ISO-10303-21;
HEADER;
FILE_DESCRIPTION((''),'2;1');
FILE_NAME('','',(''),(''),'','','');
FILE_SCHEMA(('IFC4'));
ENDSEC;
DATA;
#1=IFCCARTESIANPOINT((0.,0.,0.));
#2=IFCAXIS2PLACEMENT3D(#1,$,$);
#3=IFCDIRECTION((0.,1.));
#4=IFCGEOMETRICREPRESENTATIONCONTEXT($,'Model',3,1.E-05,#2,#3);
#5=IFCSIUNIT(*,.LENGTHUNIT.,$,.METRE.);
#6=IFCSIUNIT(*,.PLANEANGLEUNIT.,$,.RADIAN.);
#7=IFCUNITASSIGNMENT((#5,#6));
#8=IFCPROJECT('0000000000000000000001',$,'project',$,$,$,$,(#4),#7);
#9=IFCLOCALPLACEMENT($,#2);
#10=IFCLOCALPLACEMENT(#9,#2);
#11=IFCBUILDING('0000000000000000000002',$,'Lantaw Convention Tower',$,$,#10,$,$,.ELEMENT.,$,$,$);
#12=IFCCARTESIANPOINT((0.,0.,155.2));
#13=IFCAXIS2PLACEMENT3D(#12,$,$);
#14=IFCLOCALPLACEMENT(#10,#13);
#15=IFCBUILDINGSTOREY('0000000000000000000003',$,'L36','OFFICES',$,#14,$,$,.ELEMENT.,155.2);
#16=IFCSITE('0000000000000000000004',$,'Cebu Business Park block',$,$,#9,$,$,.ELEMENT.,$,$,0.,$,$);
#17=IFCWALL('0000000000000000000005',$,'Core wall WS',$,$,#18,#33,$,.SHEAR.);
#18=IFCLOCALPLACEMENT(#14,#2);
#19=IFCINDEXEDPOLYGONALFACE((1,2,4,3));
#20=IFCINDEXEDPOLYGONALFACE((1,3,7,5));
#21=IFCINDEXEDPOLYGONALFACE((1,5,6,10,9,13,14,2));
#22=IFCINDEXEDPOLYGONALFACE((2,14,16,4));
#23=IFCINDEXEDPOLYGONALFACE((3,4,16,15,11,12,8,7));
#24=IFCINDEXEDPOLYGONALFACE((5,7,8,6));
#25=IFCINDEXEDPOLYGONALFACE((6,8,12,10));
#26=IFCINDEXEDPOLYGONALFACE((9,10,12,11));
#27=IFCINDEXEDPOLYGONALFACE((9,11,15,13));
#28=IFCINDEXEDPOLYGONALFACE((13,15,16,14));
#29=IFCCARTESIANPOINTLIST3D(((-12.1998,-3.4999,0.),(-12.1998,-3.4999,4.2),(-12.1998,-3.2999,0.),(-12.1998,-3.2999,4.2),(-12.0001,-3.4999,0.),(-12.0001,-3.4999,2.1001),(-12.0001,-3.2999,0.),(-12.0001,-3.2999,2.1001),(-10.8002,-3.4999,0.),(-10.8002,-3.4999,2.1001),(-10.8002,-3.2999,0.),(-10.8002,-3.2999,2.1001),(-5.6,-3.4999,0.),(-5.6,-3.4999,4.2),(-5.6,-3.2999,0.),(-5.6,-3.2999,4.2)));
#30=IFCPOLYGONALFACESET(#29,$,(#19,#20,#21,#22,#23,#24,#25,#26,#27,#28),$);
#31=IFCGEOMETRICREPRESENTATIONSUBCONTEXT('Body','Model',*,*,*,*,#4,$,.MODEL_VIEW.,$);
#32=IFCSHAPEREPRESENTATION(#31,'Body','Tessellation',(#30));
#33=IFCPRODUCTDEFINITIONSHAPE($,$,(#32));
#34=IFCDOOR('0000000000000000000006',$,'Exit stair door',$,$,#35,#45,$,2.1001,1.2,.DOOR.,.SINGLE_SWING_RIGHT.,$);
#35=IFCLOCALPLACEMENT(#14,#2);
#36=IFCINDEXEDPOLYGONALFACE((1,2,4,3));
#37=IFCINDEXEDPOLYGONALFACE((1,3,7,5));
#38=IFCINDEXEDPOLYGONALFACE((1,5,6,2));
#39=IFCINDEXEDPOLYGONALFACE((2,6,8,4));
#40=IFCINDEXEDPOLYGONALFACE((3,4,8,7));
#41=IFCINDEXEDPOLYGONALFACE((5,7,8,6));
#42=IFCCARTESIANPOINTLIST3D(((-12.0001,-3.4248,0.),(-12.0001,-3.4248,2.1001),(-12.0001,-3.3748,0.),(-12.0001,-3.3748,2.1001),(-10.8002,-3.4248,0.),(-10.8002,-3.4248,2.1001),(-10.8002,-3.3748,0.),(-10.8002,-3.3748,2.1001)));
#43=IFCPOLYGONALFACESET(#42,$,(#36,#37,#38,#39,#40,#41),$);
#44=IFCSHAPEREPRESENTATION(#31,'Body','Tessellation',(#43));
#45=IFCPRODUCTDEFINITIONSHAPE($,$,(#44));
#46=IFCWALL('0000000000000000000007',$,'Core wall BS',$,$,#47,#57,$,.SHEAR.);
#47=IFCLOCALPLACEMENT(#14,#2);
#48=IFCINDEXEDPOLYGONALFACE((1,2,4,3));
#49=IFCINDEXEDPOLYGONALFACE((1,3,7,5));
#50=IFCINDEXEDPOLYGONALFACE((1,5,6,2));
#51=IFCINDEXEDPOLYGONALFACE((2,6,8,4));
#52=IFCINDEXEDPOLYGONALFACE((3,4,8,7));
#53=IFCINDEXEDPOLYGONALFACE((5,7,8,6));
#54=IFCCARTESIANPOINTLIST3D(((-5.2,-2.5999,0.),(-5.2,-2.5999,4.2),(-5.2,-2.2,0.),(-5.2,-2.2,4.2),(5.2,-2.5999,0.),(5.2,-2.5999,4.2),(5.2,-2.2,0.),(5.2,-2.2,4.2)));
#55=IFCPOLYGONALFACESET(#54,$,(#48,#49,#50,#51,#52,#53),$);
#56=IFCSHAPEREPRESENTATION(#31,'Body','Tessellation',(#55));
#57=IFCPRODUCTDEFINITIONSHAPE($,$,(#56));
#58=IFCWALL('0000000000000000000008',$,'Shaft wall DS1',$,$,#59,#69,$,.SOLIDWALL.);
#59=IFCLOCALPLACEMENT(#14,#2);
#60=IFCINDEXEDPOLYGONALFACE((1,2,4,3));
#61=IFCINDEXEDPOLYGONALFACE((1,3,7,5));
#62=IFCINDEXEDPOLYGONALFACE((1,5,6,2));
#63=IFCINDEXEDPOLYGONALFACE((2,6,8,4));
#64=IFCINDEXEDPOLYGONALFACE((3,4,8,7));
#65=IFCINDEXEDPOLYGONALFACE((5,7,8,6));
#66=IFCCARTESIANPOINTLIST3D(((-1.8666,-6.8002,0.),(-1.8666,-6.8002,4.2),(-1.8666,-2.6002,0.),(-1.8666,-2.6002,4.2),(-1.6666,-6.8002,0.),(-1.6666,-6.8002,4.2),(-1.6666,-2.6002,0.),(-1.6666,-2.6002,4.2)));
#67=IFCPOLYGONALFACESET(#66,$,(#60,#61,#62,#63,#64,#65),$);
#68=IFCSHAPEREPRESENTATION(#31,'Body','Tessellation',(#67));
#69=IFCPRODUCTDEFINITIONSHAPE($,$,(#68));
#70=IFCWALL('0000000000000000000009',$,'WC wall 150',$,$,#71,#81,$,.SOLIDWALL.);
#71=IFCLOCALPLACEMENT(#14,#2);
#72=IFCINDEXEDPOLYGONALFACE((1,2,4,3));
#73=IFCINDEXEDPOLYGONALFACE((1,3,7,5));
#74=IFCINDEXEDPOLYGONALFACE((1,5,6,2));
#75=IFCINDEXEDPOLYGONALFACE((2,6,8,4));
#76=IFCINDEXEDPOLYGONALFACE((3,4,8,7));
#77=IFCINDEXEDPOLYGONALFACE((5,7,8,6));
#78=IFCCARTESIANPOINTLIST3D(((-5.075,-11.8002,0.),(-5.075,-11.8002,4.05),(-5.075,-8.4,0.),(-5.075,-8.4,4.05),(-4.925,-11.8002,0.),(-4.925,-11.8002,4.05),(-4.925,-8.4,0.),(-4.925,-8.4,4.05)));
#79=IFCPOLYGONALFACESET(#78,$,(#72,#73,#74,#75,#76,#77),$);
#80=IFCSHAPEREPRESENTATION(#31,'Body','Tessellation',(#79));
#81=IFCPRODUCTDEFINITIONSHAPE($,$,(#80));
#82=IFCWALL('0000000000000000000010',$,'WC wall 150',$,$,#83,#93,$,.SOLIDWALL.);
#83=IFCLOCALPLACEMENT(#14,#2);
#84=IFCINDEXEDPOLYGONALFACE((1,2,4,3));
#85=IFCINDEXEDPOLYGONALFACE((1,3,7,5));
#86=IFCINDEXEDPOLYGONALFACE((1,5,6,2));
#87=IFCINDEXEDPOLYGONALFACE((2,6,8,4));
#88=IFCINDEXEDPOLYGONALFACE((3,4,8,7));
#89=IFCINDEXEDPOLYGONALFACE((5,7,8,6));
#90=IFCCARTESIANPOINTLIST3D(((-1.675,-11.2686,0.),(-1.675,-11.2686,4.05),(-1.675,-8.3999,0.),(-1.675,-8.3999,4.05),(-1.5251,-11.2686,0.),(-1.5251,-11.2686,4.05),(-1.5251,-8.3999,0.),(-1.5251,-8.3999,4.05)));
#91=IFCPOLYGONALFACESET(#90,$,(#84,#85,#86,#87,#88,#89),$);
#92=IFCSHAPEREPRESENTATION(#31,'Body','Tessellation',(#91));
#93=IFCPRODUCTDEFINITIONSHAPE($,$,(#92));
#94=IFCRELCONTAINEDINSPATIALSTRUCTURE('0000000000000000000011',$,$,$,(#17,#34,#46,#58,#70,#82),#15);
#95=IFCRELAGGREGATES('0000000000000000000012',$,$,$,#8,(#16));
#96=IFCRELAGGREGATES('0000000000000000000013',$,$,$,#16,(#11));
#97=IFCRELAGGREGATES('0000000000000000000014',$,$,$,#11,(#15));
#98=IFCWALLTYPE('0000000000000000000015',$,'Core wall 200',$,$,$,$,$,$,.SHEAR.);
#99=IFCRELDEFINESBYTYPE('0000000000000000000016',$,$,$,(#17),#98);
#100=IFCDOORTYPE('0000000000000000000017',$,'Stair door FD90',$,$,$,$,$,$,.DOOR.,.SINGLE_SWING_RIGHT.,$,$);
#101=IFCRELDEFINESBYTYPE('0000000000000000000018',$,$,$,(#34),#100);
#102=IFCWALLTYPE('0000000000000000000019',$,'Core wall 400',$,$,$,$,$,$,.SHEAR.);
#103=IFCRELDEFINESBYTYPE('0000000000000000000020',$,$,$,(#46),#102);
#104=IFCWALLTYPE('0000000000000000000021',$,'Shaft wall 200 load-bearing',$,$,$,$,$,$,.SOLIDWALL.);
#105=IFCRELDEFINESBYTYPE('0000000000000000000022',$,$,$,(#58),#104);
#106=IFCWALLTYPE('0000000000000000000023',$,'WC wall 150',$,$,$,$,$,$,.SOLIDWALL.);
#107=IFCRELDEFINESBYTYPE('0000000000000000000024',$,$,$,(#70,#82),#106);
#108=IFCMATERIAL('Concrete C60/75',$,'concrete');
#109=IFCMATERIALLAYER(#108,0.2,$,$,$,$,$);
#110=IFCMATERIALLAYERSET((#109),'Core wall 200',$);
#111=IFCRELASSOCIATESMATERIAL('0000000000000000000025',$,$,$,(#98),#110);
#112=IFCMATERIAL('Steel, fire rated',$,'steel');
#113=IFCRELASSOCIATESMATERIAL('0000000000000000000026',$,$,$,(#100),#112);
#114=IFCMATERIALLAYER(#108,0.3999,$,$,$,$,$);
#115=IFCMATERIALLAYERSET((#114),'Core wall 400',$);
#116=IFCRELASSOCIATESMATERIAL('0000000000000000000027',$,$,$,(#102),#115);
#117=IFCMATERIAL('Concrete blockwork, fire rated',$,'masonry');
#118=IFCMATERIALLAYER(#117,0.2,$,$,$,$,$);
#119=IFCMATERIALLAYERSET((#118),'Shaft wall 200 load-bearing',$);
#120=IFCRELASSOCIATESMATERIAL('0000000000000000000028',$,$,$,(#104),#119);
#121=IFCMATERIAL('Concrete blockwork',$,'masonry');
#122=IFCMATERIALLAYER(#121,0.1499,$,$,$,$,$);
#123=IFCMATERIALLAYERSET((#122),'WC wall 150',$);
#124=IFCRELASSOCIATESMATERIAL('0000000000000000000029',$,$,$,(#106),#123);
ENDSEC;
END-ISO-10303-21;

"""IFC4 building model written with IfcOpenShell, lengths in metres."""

from ifc_helpers import new_model, si_unit, direction, frame, frame_2d, origin, place, context, subcontext, project, spatial, rectangle, extrude, material, layer, layer_set, type_object, element, fill, save


model = new_model("IFC4")

# Units and contexts
model_context = context("Model", 3, precision=1e-05, world=origin(), true_north=direction((0.0, 1.0)))
body_context = subcontext(model_context, "Body", "Model", "MODEL_VIEW")
ifc_project = project(units=[si_unit("LENGTHUNIT", "METRE"), si_unit("PLANEANGLEUNIT", "RADIAN")], contexts=[model_context])

# Site, building, storey
site_placement = place(None, origin())
site = spatial("IfcSite", under=ifc_project, at=site_placement, Name="Cebu Business Park block", CompositionType="ELEMENT", RefElevation=0.0)
building_placement = place(site_placement, origin())
building = spatial("IfcBuilding", under=site, at=building_placement, Name="Lantaw Convention Tower", CompositionType="ELEMENT")
storey_placement = place(building_placement, frame((0.0, 0.0, 155.2)))
storey = spatial("IfcBuildingStorey", under=building, at=storey_placement, Name="L36", Description="OFFICES", CompositionType="ELEMENT", Elevation=155.2)

# Shared definitions
ifc_material_1 = material(Name="Concrete C60/75", Category="concrete")

# Wall, opening, door
ifc_layer_1 = layer(ifc_material_1, 0.2)
ifc_layer_set_1 = layer_set([ifc_layer_1], Name="Core wall 200")
wall_type_1 = type_object("IfcWallType", Name="Core wall 200", PredefinedType="SHEAR", material=ifc_layer_set_1)
wall_1_placement = place(storey_placement, frame((-5.6001, -3.3999, 0.0), z_axis=(0.0, 0.0, 1.0), x_axis=(-1.0, 0.0, 0.0)))
wall_1 = element("IfcWall", 1, at=wall_1_placement, inside=storey, type_object=wall_type_1, Name="Core wall WS", PredefinedType="SHEAR", context=body_context, shape_type="SweptSolid", body=[
    extrude(rectangle(XDim=6.5999, YDim=0.2, at=frame_2d((3.2998, 0.0))), origin(), (0.0, 0.0, 1.0), 4.2),
])
opening_placement = place(wall_1_placement, frame((5.2, 0.0, 0.0)))
opening = element("IfcOpeningElement", 2, at=opening_placement, cuts=wall_1, PredefinedType="OPENING", context=body_context, shape_type="SweptSolid", body=[
    extrude(rectangle(XDim=1.2, YDim=2.1001, at=frame_2d((0.6001, 1.05))), frame((0.0, 0.1099, 0.0), z_axis=(0.0, -1.0, 0.0), x_axis=(1.0, 0.0, 0.0)), (0.0, 0.0, 1.0), 0.22),
])
ifc_material_2 = material(Name="Steel, fire rated", Category="steel")
door_type = type_object("IfcDoorType", Name="Stair door FD90", OperationType="SINGLE_SWING_RIGHT", PredefinedType="DOOR", material=ifc_material_2)
door_placement = place(opening_placement, origin())
door = element("IfcDoor", 3, at=door_placement, inside=storey, type_object=door_type, Name="Exit stair door", OperationType="SINGLE_SWING_RIGHT", OverallHeight=2.1001, OverallWidth=1.2, PredefinedType="DOOR", context=body_context, shape_type="SweptSolid", body=[
    extrude(rectangle(XDim=1.2, YDim=2.1001, at=frame_2d((0.6001, 1.05))), frame((0.0, 0.0249, 0.0), z_axis=(0.0, -1.0, 0.0), x_axis=(1.0, 0.0, 0.0)), (0.0, 0.0, 1.0), 0.05),
])
fill(opening, door)

# Walls
ifc_layer_2 = layer(ifc_material_1, 0.3999)
ifc_layer_set_2 = layer_set([ifc_layer_2], Name="Core wall 400")
wall_type_2 = type_object("IfcWallType", Name="Core wall 400", PredefinedType="SHEAR", material=ifc_layer_set_2)
wall_2_placement = place(storey_placement, frame((-5.2, -2.3999, 0.0), z_axis=(0.0, 0.0, 1.0), x_axis=(1.0, 0.0, 0.0)))
element("IfcWall", 4, at=wall_2_placement, inside=storey, type_object=wall_type_2, Name="Core wall BS", PredefinedType="SHEAR", context=body_context, shape_type="SweptSolid", body=[
    extrude(rectangle(XDim=10.3999, YDim=0.3999, at=frame_2d((5.2, 0.0))), origin(), (0.0, 0.0, 1.0), 4.2),
])
ifc_material_3 = material(Name="Concrete blockwork, fire rated", Category="masonry")
ifc_layer_3 = layer(ifc_material_3, 0.2)
ifc_layer_set_3 = layer_set([ifc_layer_3], Name="Shaft wall 200 load-bearing")
wall_type_3 = type_object("IfcWallType", Name="Shaft wall 200 load-bearing", PredefinedType="SOLIDWALL", material=ifc_layer_set_3)
wall_3_placement = place(storey_placement, frame((-1.7666, -2.6001, 0.0), z_axis=(0.0, 0.0, 1.0), x_axis=(0.0, -1.0, 0.0)))
element("IfcWall", 5, at=wall_3_placement, inside=storey, type_object=wall_type_3, Name="Shaft wall DS1", PredefinedType="SOLIDWALL", context=body_context, shape_type="SweptSolid", body=[
    extrude(rectangle(XDim=4.2, YDim=0.2, at=frame_2d((2.1001, 0.0))), origin(), (0.0, 0.0, 1.0), 4.2),
])
ifc_material_4 = material(Name="Concrete blockwork", Category="masonry")
ifc_layer_4 = layer(ifc_material_4, 0.1499)
ifc_layer_set_4 = layer_set([ifc_layer_4], Name="WC wall 150")
wall_type_4 = type_object("IfcWallType", Name="WC wall 150", PredefinedType="SOLIDWALL", material=ifc_layer_set_4)
wall_4_placement = place(storey_placement, frame((-5.0, -8.3999, 0.0), z_axis=(0.0, 0.0, 1.0), x_axis=(0.0, -1.0, 0.0)))
element("IfcWall", 6, at=wall_4_placement, inside=storey, type_object=wall_type_4, Name="WC wall 150", PredefinedType="SOLIDWALL", context=body_context, shape_type="SweptSolid", body=[
    extrude(rectangle(XDim=3.4001, YDim=0.1499, at=frame_2d((1.7002, 0.0))), origin(), (0.0, 0.0, 1.0), 4.05),
])
wall_5_placement = place(storey_placement, frame((-1.6001, -8.3999, 0.0), z_axis=(0.0, 0.0, 1.0), x_axis=(0.0, -1.0, 0.0)))
element("IfcWall", 7, at=wall_5_placement, inside=storey, type_object=wall_type_4, Name="WC wall 150", PredefinedType="SOLIDWALL", context=body_context, shape_type="SweptSolid", body=[
    extrude(rectangle(XDim=2.8687, YDim=0.1499, at=frame_2d((1.4343, 0.0))), origin(), (0.0, 0.0, 1.0), 4.05),
])

save(model, "model.ifc")
